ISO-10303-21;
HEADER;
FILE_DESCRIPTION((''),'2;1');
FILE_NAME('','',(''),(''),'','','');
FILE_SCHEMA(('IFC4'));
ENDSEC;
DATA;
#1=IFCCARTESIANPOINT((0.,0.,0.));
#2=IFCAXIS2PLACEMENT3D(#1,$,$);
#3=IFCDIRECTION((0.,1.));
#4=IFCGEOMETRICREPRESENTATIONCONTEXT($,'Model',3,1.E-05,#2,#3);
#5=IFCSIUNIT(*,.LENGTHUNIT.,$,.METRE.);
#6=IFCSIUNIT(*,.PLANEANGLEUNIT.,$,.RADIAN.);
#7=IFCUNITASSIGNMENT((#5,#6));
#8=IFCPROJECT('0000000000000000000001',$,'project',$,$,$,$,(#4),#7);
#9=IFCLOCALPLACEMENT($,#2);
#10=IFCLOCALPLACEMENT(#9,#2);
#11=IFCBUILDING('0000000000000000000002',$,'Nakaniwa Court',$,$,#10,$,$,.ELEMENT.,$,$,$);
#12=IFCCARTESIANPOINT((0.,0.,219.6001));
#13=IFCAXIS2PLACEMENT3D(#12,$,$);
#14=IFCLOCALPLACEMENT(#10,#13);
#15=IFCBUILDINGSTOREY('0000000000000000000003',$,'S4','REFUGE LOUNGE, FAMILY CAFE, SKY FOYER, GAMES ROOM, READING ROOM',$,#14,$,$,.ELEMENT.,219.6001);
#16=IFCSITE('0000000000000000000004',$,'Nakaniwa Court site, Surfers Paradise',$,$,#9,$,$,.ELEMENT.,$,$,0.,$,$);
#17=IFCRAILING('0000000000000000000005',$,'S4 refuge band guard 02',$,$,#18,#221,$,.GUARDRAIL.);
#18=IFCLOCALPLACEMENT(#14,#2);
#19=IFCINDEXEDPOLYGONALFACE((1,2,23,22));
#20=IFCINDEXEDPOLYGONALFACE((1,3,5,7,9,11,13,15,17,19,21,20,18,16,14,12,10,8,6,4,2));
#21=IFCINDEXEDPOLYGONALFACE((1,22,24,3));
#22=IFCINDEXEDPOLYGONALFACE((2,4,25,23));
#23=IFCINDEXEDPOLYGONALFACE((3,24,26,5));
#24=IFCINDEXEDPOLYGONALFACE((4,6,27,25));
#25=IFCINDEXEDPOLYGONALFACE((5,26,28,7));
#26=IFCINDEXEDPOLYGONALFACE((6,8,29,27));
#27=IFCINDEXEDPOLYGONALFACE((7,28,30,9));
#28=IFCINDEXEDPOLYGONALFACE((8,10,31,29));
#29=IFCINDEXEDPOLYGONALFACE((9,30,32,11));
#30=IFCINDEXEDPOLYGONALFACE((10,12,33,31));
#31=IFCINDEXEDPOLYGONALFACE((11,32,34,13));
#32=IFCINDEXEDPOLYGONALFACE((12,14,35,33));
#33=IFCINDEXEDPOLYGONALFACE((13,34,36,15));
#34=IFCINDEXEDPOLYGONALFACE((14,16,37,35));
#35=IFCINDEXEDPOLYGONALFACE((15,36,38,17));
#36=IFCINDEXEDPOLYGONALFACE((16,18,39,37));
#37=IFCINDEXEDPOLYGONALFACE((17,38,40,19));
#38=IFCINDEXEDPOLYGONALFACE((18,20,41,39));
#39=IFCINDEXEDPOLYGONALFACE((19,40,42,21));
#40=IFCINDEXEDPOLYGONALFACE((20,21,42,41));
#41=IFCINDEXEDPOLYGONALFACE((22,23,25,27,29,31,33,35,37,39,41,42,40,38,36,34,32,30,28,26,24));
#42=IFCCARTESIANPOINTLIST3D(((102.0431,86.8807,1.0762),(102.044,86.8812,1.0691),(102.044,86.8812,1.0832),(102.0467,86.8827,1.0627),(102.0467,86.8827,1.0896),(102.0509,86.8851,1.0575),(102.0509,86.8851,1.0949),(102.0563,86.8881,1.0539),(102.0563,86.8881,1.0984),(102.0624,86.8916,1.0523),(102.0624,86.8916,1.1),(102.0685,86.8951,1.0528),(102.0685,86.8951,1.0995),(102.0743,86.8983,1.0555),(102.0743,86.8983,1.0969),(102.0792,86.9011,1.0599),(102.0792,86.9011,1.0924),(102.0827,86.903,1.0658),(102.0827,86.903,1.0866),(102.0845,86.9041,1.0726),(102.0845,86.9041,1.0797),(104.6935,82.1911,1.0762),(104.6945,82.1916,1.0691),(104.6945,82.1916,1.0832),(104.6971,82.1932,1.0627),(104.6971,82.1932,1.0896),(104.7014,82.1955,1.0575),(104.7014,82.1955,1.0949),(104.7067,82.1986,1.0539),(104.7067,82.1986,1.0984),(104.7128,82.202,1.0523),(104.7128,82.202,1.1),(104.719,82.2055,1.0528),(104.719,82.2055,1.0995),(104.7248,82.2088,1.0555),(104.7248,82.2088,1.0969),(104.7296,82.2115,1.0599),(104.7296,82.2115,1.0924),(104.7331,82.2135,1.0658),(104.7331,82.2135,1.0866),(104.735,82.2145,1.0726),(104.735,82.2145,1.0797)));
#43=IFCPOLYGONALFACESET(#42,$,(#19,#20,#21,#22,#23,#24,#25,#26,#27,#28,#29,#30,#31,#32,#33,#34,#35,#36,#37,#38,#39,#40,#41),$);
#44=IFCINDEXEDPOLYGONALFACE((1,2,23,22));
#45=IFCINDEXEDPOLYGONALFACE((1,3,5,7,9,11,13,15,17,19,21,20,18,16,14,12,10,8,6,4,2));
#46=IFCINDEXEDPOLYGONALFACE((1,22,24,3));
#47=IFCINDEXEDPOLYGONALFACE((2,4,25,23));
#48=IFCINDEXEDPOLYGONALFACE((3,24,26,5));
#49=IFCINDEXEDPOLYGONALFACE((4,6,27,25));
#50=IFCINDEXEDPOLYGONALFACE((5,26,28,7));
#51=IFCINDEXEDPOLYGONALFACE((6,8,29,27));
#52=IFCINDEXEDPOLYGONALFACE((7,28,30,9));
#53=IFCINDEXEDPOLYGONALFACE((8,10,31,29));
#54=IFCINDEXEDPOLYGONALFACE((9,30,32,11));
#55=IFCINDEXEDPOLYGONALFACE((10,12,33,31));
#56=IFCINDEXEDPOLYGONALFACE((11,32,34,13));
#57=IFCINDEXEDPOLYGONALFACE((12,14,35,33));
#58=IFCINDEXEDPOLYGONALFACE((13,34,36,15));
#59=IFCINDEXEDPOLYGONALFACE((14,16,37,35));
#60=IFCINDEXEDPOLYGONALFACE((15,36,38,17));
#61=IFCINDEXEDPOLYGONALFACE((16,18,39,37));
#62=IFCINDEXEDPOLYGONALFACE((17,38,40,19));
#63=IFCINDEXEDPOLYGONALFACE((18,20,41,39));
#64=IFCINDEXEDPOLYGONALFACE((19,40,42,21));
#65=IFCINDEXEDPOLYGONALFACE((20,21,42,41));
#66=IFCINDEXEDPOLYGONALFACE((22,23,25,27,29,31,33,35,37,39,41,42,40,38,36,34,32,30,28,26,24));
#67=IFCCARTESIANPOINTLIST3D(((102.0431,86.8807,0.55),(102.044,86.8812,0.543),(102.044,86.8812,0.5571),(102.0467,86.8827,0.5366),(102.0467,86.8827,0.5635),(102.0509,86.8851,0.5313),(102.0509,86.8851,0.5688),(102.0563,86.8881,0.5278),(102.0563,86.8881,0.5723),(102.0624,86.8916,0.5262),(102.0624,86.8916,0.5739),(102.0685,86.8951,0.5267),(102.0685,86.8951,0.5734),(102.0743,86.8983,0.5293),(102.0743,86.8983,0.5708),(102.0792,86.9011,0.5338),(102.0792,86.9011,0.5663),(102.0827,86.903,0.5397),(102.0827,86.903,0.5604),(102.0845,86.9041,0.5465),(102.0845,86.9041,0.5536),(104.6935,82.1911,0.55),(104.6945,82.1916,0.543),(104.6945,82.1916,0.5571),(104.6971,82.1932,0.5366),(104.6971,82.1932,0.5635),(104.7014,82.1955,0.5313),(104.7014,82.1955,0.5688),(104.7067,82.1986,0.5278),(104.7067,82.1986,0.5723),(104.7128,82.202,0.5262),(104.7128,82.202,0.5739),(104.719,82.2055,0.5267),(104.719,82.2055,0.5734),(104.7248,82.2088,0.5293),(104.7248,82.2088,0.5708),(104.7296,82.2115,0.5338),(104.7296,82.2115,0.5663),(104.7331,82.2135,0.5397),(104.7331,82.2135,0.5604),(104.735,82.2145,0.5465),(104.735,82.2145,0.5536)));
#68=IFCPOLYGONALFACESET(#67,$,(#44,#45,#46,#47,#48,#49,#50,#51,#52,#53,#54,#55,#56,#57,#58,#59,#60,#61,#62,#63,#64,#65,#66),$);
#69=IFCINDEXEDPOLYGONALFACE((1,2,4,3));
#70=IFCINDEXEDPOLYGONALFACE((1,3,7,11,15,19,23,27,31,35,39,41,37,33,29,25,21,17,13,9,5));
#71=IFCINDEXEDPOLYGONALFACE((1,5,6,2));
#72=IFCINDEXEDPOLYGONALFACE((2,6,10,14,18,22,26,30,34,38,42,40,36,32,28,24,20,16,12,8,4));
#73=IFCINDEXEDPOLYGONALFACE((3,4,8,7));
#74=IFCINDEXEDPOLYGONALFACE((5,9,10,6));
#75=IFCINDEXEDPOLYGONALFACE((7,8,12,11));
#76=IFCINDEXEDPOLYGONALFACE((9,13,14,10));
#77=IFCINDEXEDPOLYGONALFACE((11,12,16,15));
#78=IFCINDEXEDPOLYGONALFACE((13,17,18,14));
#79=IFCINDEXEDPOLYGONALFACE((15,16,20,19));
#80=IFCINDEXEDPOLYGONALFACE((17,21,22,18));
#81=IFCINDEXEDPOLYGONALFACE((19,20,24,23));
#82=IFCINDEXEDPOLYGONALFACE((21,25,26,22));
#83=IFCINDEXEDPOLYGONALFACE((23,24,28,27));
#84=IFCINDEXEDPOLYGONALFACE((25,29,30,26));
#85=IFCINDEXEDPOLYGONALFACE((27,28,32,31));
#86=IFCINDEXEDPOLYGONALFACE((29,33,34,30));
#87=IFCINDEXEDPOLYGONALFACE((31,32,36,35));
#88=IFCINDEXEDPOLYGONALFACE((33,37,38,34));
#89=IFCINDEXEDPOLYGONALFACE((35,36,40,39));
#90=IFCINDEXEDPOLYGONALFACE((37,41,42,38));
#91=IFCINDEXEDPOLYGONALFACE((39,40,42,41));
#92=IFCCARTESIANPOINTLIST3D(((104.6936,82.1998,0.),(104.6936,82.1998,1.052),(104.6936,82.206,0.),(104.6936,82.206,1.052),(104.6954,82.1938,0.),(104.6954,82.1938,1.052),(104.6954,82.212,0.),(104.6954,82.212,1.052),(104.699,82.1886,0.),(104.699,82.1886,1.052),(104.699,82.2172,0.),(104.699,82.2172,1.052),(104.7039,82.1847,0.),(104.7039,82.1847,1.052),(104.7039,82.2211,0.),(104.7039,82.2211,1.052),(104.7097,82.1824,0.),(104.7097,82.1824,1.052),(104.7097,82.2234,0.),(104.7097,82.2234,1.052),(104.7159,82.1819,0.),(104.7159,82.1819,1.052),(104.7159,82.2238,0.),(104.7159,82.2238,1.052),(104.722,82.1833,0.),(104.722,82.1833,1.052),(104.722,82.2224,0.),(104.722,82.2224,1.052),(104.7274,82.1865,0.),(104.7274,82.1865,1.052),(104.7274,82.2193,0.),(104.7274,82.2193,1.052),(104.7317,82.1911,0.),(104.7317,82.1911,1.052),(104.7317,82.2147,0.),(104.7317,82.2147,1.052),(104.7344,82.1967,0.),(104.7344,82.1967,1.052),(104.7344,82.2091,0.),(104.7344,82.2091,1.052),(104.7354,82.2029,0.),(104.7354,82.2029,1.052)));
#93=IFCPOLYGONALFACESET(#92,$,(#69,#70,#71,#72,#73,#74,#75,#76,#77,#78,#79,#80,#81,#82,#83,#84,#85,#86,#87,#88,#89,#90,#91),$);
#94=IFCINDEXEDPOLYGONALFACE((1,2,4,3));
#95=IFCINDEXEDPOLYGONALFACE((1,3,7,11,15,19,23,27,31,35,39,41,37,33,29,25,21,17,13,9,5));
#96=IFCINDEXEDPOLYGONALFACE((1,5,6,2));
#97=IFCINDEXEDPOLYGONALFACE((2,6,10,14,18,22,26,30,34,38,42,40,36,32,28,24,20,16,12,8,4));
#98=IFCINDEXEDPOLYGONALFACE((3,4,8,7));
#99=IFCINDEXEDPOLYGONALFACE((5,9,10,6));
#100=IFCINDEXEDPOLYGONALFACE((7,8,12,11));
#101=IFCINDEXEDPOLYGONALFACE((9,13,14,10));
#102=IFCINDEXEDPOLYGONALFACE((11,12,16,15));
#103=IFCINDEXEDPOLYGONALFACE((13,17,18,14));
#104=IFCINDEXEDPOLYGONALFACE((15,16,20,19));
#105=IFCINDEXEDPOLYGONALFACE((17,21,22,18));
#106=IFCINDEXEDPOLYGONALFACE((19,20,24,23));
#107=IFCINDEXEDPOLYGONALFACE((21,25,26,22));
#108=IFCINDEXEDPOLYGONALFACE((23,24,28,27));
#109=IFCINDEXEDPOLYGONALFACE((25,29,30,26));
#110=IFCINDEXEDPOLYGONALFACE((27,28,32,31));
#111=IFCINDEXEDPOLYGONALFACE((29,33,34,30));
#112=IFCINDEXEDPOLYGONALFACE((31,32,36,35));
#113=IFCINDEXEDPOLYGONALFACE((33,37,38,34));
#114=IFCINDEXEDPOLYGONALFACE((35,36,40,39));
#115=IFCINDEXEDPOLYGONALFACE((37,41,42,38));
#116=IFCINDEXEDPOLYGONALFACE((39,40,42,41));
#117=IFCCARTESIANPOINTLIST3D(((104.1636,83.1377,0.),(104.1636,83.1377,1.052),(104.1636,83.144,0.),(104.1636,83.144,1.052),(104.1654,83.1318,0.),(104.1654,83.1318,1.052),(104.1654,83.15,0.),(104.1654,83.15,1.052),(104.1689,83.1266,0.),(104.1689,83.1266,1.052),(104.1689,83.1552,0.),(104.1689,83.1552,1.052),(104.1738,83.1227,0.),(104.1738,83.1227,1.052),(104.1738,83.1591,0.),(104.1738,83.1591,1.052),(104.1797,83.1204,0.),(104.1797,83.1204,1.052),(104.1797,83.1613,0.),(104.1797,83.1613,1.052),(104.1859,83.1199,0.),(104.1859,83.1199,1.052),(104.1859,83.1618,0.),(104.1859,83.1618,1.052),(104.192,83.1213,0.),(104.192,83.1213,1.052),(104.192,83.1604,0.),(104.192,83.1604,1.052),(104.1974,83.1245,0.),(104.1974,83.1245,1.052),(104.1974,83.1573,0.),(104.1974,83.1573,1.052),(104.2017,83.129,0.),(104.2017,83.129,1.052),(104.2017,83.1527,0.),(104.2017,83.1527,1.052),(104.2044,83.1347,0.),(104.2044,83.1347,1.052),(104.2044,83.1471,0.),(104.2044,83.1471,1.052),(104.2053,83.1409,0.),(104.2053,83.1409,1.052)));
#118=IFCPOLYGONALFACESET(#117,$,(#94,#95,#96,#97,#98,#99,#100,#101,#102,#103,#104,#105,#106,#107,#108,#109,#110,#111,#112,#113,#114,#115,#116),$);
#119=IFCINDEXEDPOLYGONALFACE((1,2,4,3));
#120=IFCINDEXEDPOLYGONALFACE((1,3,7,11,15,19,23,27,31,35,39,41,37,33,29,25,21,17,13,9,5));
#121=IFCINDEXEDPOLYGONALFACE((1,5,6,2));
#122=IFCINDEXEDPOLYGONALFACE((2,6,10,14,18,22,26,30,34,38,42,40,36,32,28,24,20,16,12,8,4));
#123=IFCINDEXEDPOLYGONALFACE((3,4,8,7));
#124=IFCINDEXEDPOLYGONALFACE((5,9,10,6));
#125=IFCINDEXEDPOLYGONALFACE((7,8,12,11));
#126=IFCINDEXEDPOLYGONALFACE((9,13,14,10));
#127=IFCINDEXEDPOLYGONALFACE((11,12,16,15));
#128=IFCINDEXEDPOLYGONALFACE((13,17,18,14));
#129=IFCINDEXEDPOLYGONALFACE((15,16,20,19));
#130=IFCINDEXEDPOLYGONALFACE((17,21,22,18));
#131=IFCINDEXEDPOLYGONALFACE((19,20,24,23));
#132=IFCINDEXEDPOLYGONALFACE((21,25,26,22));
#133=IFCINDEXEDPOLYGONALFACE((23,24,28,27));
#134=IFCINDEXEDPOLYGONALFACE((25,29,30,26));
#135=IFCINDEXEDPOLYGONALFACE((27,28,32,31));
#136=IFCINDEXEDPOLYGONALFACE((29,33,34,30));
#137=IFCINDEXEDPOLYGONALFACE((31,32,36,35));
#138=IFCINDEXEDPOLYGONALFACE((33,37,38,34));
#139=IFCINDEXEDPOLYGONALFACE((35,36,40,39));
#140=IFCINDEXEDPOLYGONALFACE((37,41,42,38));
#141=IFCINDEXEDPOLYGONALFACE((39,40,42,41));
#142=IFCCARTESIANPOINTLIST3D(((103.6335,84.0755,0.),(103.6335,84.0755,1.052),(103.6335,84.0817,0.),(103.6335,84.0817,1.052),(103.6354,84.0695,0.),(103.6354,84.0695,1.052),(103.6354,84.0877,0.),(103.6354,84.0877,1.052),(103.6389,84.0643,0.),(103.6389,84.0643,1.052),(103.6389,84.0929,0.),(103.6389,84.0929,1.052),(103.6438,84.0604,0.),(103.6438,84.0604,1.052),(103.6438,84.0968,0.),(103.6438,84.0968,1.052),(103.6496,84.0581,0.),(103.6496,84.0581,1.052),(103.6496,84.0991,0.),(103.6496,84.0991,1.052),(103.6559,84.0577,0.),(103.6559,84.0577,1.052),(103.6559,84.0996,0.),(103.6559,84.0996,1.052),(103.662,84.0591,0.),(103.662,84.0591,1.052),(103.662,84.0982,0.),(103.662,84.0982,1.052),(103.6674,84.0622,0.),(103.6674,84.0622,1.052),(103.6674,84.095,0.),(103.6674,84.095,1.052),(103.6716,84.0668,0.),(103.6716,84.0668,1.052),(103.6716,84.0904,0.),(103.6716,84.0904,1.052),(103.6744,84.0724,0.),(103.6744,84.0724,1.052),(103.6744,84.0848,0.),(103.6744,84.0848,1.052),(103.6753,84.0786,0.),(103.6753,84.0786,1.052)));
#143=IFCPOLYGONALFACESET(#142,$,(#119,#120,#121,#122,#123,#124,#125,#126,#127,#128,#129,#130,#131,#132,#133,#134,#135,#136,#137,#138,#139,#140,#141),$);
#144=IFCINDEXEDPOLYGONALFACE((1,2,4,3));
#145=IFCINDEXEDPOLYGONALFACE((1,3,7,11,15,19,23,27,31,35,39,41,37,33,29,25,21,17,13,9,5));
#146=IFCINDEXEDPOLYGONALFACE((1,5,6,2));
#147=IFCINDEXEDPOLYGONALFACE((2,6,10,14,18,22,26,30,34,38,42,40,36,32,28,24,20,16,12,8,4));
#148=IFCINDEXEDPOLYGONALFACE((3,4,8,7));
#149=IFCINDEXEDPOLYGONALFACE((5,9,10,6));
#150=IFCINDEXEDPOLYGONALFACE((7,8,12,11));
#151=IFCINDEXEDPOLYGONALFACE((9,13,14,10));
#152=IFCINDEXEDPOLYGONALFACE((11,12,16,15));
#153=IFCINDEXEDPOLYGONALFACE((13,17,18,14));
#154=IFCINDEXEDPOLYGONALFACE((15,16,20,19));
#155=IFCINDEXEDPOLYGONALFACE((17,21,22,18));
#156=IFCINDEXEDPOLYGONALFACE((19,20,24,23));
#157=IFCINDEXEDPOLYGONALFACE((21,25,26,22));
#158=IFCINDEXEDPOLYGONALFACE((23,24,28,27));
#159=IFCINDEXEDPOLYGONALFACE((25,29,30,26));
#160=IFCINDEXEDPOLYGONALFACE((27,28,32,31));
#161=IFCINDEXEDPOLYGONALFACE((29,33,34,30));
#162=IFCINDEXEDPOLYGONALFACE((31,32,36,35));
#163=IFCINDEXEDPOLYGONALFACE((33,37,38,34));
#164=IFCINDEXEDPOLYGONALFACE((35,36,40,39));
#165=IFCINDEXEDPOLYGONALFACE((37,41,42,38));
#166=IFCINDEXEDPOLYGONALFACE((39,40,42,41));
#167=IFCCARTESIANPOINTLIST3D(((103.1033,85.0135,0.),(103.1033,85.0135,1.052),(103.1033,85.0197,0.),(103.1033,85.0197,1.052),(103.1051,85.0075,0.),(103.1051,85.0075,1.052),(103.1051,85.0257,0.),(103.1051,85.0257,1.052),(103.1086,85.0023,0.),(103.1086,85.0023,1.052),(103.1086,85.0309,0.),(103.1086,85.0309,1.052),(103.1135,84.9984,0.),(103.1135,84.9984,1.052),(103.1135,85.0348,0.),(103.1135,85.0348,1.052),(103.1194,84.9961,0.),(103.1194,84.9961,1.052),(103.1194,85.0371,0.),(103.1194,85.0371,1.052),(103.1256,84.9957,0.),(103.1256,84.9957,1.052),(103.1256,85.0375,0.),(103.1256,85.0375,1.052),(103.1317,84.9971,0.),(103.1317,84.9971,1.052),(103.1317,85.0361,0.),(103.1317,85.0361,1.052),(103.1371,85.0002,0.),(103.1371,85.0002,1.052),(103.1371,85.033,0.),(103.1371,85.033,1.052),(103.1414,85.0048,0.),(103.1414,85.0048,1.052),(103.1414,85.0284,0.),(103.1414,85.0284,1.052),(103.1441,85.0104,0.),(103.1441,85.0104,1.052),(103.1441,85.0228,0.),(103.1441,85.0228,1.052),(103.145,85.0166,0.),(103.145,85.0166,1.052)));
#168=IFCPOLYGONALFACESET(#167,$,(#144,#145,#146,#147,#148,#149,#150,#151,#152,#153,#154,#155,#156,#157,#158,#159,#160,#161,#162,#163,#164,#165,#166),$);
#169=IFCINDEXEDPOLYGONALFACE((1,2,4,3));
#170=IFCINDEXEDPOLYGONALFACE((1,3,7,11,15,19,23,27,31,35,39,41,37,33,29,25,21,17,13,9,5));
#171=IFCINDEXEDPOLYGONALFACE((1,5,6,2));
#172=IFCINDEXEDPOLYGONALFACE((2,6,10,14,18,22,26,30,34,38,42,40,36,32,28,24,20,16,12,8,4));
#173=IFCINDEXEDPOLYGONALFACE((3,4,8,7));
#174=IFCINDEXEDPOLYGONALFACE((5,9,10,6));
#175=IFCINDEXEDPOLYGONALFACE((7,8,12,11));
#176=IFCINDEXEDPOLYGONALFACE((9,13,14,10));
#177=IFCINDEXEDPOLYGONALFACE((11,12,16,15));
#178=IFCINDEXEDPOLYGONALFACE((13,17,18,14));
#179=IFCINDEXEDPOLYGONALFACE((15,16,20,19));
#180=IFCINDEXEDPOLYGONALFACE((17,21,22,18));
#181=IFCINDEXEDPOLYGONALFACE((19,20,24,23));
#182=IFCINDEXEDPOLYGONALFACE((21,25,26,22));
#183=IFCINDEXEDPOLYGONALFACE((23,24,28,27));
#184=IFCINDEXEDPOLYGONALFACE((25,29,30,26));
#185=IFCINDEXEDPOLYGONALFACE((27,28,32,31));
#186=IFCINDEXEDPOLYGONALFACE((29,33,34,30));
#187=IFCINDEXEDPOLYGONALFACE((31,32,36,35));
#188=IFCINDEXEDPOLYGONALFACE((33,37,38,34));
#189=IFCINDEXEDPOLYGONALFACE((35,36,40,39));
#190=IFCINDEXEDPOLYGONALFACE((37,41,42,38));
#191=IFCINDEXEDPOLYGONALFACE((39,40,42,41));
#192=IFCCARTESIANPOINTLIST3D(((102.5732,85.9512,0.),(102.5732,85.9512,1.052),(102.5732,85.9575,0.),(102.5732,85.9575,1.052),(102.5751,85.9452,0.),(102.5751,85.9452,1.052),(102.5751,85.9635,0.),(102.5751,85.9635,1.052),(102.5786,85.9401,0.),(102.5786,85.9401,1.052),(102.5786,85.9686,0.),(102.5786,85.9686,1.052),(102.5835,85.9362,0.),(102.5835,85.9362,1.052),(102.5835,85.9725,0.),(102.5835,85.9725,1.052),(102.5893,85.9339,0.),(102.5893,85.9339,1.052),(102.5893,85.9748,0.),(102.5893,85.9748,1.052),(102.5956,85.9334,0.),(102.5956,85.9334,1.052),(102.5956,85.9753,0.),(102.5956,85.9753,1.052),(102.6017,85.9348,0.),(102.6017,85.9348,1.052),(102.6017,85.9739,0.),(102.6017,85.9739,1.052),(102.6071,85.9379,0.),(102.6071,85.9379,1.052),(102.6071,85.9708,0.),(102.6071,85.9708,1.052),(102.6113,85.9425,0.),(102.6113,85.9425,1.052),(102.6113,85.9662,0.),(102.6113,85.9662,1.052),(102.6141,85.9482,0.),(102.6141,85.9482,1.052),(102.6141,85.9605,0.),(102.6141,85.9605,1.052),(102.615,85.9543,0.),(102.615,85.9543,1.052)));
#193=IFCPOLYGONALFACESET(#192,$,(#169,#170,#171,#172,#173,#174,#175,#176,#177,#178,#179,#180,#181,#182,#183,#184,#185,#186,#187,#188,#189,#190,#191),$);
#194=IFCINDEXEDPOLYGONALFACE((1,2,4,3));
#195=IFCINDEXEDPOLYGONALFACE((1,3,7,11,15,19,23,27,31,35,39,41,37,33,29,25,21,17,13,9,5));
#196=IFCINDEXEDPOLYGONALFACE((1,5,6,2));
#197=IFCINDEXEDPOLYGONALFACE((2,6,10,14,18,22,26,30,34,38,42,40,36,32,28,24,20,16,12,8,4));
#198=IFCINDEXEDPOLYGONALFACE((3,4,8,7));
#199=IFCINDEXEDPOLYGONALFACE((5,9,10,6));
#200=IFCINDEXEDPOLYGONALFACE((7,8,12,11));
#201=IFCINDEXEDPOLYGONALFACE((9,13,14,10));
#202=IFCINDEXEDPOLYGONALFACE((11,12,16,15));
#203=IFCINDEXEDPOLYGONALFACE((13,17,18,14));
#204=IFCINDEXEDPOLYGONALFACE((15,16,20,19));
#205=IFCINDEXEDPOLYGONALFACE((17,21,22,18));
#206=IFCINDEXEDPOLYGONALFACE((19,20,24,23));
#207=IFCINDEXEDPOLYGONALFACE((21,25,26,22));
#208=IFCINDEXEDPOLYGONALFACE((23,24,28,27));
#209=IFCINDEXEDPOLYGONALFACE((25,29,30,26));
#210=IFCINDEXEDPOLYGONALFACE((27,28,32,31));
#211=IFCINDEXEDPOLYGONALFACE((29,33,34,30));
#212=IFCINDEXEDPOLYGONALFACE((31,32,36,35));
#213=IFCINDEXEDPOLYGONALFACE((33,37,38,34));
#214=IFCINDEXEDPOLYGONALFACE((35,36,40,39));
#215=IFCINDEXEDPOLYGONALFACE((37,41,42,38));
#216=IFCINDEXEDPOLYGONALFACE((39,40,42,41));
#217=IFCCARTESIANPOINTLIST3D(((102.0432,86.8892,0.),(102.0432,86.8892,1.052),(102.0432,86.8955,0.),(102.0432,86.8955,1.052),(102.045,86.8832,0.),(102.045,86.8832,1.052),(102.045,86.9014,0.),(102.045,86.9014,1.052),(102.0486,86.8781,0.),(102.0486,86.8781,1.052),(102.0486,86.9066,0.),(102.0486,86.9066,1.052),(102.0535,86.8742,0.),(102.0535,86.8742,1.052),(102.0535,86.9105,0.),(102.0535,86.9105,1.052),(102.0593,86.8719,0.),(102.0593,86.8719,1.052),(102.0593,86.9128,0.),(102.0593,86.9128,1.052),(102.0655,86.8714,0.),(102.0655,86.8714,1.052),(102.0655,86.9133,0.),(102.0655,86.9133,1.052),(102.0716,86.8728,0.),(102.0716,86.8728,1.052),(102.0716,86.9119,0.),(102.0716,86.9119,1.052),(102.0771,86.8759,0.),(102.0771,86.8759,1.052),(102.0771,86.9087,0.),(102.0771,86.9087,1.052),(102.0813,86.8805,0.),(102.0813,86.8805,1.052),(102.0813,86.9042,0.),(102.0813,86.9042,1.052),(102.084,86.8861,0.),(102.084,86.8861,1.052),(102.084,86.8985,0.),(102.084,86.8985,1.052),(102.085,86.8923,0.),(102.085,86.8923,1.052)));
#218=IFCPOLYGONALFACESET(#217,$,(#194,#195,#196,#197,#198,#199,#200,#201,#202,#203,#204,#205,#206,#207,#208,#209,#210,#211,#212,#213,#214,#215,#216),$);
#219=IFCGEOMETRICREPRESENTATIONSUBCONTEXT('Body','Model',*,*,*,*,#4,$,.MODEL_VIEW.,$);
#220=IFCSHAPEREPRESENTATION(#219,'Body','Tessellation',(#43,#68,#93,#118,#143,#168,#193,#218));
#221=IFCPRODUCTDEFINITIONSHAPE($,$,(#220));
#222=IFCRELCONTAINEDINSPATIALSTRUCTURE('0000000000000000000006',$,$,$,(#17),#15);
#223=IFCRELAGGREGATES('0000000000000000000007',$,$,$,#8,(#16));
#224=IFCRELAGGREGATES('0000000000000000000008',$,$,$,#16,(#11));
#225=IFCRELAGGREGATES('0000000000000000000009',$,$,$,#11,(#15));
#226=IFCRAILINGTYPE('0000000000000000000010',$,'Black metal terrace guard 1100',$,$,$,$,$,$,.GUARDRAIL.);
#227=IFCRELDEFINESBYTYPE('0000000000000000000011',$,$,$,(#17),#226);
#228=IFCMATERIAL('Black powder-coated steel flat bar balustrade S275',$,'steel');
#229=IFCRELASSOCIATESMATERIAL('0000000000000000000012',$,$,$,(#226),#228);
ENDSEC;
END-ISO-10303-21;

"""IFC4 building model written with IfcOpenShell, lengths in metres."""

from ifc_helpers import new_model, si_unit, direction, frame, origin, origin_2d, place, context, subcontext, project, spatial, circle, extrude, material, type_object, element, save


model = new_model("IFC4")

# Units and contexts
model_context = context("Model", 3, precision=1e-05, world=origin(), true_north=direction((0.0, 1.0)))
body_context = subcontext(model_context, "Body", "Model", "MODEL_VIEW")
ifc_project = project(units=[si_unit("LENGTHUNIT", "METRE"), si_unit("PLANEANGLEUNIT", "RADIAN")], contexts=[model_context])

# Site, building, storey
site_placement = place(None, origin())
site = spatial("IfcSite", under=ifc_project, at=site_placement, Name="Nakaniwa Court site, Surfers Paradise", CompositionType="ELEMENT", RefElevation=0.0)
building_placement = place(site_placement, origin())
building = spatial("IfcBuilding", under=site, at=building_placement, Name="Nakaniwa Court", CompositionType="ELEMENT")
storey_placement = place(building_placement, frame((0.0, 0.0, 219.6001)))
storey = spatial("IfcBuildingStorey", under=building, at=storey_placement, Name="S4", Description="REFUGE LOUNGE, FAMILY CAFE, SKY FOYER, GAMES ROOM, READING ROOM", CompositionType="ELEMENT", Elevation=219.6001)

# Railing
ifc_material_1 = material(Name="Black powder-coated steel flat bar balustrade S275", Category="steel")
railing_type = type_object("IfcRailingType", Name="Black metal terrace guard 1100", PredefinedType="GUARDRAIL", material=ifc_material_1)
railing_placement = place(storey_placement, frame((104.7144, 82.2029, 0.0)))
element("IfcRailing", 1, at=railing_placement, inside=storey, type_object=railing_type, Name="S4 refuge band guard 02", PredefinedType="GUARDRAIL", context=body_context, shape_type="SweptSolid", body=[
    extrude(circle(Radius=0.0239, at=origin_2d()), frame((0.0, 0.0, 1.0762), z_axis=(-0.492033, 0.870576, 0.0), x_axis=(-0.870576, -0.492033, 0.0)), (0.0, 0.0, 1.0), 5.3867),
    extrude(circle(Radius=0.0239, at=origin_2d()), frame((0.0, 0.0, 0.55), z_axis=(-0.492033, 0.870576, 0.0), x_axis=(-0.870576, -0.492033, 0.0)), (0.0, 0.0, 1.0), 5.3867),
    extrude(circle(Radius=0.021, at=origin_2d()), origin(), (0.0, 0.0, 1.0), 1.052),
    extrude(circle(Radius=0.021, at=origin_2d()), frame((-0.53, 0.938, 0.0)), (0.0, 0.0, 1.0), 1.052),
    extrude(circle(Radius=0.021, at=origin_2d()), frame((-1.0601, 1.8757, 0.0)), (0.0, 0.0, 1.0), 1.052),
    extrude(circle(Radius=0.021, at=origin_2d()), frame((-1.5903, 2.8137, 0.0)), (0.0, 0.0, 1.0), 1.052),
    extrude(circle(Radius=0.021, at=origin_2d()), frame((-2.1204, 3.7515, 0.0)), (0.0, 0.0, 1.0), 1.052),
    extrude(circle(Radius=0.021, at=origin_2d()), frame((-2.6504, 4.6895, 0.0)), (0.0, 0.0, 1.0), 1.052),
])

save(model, "model.ifc")
